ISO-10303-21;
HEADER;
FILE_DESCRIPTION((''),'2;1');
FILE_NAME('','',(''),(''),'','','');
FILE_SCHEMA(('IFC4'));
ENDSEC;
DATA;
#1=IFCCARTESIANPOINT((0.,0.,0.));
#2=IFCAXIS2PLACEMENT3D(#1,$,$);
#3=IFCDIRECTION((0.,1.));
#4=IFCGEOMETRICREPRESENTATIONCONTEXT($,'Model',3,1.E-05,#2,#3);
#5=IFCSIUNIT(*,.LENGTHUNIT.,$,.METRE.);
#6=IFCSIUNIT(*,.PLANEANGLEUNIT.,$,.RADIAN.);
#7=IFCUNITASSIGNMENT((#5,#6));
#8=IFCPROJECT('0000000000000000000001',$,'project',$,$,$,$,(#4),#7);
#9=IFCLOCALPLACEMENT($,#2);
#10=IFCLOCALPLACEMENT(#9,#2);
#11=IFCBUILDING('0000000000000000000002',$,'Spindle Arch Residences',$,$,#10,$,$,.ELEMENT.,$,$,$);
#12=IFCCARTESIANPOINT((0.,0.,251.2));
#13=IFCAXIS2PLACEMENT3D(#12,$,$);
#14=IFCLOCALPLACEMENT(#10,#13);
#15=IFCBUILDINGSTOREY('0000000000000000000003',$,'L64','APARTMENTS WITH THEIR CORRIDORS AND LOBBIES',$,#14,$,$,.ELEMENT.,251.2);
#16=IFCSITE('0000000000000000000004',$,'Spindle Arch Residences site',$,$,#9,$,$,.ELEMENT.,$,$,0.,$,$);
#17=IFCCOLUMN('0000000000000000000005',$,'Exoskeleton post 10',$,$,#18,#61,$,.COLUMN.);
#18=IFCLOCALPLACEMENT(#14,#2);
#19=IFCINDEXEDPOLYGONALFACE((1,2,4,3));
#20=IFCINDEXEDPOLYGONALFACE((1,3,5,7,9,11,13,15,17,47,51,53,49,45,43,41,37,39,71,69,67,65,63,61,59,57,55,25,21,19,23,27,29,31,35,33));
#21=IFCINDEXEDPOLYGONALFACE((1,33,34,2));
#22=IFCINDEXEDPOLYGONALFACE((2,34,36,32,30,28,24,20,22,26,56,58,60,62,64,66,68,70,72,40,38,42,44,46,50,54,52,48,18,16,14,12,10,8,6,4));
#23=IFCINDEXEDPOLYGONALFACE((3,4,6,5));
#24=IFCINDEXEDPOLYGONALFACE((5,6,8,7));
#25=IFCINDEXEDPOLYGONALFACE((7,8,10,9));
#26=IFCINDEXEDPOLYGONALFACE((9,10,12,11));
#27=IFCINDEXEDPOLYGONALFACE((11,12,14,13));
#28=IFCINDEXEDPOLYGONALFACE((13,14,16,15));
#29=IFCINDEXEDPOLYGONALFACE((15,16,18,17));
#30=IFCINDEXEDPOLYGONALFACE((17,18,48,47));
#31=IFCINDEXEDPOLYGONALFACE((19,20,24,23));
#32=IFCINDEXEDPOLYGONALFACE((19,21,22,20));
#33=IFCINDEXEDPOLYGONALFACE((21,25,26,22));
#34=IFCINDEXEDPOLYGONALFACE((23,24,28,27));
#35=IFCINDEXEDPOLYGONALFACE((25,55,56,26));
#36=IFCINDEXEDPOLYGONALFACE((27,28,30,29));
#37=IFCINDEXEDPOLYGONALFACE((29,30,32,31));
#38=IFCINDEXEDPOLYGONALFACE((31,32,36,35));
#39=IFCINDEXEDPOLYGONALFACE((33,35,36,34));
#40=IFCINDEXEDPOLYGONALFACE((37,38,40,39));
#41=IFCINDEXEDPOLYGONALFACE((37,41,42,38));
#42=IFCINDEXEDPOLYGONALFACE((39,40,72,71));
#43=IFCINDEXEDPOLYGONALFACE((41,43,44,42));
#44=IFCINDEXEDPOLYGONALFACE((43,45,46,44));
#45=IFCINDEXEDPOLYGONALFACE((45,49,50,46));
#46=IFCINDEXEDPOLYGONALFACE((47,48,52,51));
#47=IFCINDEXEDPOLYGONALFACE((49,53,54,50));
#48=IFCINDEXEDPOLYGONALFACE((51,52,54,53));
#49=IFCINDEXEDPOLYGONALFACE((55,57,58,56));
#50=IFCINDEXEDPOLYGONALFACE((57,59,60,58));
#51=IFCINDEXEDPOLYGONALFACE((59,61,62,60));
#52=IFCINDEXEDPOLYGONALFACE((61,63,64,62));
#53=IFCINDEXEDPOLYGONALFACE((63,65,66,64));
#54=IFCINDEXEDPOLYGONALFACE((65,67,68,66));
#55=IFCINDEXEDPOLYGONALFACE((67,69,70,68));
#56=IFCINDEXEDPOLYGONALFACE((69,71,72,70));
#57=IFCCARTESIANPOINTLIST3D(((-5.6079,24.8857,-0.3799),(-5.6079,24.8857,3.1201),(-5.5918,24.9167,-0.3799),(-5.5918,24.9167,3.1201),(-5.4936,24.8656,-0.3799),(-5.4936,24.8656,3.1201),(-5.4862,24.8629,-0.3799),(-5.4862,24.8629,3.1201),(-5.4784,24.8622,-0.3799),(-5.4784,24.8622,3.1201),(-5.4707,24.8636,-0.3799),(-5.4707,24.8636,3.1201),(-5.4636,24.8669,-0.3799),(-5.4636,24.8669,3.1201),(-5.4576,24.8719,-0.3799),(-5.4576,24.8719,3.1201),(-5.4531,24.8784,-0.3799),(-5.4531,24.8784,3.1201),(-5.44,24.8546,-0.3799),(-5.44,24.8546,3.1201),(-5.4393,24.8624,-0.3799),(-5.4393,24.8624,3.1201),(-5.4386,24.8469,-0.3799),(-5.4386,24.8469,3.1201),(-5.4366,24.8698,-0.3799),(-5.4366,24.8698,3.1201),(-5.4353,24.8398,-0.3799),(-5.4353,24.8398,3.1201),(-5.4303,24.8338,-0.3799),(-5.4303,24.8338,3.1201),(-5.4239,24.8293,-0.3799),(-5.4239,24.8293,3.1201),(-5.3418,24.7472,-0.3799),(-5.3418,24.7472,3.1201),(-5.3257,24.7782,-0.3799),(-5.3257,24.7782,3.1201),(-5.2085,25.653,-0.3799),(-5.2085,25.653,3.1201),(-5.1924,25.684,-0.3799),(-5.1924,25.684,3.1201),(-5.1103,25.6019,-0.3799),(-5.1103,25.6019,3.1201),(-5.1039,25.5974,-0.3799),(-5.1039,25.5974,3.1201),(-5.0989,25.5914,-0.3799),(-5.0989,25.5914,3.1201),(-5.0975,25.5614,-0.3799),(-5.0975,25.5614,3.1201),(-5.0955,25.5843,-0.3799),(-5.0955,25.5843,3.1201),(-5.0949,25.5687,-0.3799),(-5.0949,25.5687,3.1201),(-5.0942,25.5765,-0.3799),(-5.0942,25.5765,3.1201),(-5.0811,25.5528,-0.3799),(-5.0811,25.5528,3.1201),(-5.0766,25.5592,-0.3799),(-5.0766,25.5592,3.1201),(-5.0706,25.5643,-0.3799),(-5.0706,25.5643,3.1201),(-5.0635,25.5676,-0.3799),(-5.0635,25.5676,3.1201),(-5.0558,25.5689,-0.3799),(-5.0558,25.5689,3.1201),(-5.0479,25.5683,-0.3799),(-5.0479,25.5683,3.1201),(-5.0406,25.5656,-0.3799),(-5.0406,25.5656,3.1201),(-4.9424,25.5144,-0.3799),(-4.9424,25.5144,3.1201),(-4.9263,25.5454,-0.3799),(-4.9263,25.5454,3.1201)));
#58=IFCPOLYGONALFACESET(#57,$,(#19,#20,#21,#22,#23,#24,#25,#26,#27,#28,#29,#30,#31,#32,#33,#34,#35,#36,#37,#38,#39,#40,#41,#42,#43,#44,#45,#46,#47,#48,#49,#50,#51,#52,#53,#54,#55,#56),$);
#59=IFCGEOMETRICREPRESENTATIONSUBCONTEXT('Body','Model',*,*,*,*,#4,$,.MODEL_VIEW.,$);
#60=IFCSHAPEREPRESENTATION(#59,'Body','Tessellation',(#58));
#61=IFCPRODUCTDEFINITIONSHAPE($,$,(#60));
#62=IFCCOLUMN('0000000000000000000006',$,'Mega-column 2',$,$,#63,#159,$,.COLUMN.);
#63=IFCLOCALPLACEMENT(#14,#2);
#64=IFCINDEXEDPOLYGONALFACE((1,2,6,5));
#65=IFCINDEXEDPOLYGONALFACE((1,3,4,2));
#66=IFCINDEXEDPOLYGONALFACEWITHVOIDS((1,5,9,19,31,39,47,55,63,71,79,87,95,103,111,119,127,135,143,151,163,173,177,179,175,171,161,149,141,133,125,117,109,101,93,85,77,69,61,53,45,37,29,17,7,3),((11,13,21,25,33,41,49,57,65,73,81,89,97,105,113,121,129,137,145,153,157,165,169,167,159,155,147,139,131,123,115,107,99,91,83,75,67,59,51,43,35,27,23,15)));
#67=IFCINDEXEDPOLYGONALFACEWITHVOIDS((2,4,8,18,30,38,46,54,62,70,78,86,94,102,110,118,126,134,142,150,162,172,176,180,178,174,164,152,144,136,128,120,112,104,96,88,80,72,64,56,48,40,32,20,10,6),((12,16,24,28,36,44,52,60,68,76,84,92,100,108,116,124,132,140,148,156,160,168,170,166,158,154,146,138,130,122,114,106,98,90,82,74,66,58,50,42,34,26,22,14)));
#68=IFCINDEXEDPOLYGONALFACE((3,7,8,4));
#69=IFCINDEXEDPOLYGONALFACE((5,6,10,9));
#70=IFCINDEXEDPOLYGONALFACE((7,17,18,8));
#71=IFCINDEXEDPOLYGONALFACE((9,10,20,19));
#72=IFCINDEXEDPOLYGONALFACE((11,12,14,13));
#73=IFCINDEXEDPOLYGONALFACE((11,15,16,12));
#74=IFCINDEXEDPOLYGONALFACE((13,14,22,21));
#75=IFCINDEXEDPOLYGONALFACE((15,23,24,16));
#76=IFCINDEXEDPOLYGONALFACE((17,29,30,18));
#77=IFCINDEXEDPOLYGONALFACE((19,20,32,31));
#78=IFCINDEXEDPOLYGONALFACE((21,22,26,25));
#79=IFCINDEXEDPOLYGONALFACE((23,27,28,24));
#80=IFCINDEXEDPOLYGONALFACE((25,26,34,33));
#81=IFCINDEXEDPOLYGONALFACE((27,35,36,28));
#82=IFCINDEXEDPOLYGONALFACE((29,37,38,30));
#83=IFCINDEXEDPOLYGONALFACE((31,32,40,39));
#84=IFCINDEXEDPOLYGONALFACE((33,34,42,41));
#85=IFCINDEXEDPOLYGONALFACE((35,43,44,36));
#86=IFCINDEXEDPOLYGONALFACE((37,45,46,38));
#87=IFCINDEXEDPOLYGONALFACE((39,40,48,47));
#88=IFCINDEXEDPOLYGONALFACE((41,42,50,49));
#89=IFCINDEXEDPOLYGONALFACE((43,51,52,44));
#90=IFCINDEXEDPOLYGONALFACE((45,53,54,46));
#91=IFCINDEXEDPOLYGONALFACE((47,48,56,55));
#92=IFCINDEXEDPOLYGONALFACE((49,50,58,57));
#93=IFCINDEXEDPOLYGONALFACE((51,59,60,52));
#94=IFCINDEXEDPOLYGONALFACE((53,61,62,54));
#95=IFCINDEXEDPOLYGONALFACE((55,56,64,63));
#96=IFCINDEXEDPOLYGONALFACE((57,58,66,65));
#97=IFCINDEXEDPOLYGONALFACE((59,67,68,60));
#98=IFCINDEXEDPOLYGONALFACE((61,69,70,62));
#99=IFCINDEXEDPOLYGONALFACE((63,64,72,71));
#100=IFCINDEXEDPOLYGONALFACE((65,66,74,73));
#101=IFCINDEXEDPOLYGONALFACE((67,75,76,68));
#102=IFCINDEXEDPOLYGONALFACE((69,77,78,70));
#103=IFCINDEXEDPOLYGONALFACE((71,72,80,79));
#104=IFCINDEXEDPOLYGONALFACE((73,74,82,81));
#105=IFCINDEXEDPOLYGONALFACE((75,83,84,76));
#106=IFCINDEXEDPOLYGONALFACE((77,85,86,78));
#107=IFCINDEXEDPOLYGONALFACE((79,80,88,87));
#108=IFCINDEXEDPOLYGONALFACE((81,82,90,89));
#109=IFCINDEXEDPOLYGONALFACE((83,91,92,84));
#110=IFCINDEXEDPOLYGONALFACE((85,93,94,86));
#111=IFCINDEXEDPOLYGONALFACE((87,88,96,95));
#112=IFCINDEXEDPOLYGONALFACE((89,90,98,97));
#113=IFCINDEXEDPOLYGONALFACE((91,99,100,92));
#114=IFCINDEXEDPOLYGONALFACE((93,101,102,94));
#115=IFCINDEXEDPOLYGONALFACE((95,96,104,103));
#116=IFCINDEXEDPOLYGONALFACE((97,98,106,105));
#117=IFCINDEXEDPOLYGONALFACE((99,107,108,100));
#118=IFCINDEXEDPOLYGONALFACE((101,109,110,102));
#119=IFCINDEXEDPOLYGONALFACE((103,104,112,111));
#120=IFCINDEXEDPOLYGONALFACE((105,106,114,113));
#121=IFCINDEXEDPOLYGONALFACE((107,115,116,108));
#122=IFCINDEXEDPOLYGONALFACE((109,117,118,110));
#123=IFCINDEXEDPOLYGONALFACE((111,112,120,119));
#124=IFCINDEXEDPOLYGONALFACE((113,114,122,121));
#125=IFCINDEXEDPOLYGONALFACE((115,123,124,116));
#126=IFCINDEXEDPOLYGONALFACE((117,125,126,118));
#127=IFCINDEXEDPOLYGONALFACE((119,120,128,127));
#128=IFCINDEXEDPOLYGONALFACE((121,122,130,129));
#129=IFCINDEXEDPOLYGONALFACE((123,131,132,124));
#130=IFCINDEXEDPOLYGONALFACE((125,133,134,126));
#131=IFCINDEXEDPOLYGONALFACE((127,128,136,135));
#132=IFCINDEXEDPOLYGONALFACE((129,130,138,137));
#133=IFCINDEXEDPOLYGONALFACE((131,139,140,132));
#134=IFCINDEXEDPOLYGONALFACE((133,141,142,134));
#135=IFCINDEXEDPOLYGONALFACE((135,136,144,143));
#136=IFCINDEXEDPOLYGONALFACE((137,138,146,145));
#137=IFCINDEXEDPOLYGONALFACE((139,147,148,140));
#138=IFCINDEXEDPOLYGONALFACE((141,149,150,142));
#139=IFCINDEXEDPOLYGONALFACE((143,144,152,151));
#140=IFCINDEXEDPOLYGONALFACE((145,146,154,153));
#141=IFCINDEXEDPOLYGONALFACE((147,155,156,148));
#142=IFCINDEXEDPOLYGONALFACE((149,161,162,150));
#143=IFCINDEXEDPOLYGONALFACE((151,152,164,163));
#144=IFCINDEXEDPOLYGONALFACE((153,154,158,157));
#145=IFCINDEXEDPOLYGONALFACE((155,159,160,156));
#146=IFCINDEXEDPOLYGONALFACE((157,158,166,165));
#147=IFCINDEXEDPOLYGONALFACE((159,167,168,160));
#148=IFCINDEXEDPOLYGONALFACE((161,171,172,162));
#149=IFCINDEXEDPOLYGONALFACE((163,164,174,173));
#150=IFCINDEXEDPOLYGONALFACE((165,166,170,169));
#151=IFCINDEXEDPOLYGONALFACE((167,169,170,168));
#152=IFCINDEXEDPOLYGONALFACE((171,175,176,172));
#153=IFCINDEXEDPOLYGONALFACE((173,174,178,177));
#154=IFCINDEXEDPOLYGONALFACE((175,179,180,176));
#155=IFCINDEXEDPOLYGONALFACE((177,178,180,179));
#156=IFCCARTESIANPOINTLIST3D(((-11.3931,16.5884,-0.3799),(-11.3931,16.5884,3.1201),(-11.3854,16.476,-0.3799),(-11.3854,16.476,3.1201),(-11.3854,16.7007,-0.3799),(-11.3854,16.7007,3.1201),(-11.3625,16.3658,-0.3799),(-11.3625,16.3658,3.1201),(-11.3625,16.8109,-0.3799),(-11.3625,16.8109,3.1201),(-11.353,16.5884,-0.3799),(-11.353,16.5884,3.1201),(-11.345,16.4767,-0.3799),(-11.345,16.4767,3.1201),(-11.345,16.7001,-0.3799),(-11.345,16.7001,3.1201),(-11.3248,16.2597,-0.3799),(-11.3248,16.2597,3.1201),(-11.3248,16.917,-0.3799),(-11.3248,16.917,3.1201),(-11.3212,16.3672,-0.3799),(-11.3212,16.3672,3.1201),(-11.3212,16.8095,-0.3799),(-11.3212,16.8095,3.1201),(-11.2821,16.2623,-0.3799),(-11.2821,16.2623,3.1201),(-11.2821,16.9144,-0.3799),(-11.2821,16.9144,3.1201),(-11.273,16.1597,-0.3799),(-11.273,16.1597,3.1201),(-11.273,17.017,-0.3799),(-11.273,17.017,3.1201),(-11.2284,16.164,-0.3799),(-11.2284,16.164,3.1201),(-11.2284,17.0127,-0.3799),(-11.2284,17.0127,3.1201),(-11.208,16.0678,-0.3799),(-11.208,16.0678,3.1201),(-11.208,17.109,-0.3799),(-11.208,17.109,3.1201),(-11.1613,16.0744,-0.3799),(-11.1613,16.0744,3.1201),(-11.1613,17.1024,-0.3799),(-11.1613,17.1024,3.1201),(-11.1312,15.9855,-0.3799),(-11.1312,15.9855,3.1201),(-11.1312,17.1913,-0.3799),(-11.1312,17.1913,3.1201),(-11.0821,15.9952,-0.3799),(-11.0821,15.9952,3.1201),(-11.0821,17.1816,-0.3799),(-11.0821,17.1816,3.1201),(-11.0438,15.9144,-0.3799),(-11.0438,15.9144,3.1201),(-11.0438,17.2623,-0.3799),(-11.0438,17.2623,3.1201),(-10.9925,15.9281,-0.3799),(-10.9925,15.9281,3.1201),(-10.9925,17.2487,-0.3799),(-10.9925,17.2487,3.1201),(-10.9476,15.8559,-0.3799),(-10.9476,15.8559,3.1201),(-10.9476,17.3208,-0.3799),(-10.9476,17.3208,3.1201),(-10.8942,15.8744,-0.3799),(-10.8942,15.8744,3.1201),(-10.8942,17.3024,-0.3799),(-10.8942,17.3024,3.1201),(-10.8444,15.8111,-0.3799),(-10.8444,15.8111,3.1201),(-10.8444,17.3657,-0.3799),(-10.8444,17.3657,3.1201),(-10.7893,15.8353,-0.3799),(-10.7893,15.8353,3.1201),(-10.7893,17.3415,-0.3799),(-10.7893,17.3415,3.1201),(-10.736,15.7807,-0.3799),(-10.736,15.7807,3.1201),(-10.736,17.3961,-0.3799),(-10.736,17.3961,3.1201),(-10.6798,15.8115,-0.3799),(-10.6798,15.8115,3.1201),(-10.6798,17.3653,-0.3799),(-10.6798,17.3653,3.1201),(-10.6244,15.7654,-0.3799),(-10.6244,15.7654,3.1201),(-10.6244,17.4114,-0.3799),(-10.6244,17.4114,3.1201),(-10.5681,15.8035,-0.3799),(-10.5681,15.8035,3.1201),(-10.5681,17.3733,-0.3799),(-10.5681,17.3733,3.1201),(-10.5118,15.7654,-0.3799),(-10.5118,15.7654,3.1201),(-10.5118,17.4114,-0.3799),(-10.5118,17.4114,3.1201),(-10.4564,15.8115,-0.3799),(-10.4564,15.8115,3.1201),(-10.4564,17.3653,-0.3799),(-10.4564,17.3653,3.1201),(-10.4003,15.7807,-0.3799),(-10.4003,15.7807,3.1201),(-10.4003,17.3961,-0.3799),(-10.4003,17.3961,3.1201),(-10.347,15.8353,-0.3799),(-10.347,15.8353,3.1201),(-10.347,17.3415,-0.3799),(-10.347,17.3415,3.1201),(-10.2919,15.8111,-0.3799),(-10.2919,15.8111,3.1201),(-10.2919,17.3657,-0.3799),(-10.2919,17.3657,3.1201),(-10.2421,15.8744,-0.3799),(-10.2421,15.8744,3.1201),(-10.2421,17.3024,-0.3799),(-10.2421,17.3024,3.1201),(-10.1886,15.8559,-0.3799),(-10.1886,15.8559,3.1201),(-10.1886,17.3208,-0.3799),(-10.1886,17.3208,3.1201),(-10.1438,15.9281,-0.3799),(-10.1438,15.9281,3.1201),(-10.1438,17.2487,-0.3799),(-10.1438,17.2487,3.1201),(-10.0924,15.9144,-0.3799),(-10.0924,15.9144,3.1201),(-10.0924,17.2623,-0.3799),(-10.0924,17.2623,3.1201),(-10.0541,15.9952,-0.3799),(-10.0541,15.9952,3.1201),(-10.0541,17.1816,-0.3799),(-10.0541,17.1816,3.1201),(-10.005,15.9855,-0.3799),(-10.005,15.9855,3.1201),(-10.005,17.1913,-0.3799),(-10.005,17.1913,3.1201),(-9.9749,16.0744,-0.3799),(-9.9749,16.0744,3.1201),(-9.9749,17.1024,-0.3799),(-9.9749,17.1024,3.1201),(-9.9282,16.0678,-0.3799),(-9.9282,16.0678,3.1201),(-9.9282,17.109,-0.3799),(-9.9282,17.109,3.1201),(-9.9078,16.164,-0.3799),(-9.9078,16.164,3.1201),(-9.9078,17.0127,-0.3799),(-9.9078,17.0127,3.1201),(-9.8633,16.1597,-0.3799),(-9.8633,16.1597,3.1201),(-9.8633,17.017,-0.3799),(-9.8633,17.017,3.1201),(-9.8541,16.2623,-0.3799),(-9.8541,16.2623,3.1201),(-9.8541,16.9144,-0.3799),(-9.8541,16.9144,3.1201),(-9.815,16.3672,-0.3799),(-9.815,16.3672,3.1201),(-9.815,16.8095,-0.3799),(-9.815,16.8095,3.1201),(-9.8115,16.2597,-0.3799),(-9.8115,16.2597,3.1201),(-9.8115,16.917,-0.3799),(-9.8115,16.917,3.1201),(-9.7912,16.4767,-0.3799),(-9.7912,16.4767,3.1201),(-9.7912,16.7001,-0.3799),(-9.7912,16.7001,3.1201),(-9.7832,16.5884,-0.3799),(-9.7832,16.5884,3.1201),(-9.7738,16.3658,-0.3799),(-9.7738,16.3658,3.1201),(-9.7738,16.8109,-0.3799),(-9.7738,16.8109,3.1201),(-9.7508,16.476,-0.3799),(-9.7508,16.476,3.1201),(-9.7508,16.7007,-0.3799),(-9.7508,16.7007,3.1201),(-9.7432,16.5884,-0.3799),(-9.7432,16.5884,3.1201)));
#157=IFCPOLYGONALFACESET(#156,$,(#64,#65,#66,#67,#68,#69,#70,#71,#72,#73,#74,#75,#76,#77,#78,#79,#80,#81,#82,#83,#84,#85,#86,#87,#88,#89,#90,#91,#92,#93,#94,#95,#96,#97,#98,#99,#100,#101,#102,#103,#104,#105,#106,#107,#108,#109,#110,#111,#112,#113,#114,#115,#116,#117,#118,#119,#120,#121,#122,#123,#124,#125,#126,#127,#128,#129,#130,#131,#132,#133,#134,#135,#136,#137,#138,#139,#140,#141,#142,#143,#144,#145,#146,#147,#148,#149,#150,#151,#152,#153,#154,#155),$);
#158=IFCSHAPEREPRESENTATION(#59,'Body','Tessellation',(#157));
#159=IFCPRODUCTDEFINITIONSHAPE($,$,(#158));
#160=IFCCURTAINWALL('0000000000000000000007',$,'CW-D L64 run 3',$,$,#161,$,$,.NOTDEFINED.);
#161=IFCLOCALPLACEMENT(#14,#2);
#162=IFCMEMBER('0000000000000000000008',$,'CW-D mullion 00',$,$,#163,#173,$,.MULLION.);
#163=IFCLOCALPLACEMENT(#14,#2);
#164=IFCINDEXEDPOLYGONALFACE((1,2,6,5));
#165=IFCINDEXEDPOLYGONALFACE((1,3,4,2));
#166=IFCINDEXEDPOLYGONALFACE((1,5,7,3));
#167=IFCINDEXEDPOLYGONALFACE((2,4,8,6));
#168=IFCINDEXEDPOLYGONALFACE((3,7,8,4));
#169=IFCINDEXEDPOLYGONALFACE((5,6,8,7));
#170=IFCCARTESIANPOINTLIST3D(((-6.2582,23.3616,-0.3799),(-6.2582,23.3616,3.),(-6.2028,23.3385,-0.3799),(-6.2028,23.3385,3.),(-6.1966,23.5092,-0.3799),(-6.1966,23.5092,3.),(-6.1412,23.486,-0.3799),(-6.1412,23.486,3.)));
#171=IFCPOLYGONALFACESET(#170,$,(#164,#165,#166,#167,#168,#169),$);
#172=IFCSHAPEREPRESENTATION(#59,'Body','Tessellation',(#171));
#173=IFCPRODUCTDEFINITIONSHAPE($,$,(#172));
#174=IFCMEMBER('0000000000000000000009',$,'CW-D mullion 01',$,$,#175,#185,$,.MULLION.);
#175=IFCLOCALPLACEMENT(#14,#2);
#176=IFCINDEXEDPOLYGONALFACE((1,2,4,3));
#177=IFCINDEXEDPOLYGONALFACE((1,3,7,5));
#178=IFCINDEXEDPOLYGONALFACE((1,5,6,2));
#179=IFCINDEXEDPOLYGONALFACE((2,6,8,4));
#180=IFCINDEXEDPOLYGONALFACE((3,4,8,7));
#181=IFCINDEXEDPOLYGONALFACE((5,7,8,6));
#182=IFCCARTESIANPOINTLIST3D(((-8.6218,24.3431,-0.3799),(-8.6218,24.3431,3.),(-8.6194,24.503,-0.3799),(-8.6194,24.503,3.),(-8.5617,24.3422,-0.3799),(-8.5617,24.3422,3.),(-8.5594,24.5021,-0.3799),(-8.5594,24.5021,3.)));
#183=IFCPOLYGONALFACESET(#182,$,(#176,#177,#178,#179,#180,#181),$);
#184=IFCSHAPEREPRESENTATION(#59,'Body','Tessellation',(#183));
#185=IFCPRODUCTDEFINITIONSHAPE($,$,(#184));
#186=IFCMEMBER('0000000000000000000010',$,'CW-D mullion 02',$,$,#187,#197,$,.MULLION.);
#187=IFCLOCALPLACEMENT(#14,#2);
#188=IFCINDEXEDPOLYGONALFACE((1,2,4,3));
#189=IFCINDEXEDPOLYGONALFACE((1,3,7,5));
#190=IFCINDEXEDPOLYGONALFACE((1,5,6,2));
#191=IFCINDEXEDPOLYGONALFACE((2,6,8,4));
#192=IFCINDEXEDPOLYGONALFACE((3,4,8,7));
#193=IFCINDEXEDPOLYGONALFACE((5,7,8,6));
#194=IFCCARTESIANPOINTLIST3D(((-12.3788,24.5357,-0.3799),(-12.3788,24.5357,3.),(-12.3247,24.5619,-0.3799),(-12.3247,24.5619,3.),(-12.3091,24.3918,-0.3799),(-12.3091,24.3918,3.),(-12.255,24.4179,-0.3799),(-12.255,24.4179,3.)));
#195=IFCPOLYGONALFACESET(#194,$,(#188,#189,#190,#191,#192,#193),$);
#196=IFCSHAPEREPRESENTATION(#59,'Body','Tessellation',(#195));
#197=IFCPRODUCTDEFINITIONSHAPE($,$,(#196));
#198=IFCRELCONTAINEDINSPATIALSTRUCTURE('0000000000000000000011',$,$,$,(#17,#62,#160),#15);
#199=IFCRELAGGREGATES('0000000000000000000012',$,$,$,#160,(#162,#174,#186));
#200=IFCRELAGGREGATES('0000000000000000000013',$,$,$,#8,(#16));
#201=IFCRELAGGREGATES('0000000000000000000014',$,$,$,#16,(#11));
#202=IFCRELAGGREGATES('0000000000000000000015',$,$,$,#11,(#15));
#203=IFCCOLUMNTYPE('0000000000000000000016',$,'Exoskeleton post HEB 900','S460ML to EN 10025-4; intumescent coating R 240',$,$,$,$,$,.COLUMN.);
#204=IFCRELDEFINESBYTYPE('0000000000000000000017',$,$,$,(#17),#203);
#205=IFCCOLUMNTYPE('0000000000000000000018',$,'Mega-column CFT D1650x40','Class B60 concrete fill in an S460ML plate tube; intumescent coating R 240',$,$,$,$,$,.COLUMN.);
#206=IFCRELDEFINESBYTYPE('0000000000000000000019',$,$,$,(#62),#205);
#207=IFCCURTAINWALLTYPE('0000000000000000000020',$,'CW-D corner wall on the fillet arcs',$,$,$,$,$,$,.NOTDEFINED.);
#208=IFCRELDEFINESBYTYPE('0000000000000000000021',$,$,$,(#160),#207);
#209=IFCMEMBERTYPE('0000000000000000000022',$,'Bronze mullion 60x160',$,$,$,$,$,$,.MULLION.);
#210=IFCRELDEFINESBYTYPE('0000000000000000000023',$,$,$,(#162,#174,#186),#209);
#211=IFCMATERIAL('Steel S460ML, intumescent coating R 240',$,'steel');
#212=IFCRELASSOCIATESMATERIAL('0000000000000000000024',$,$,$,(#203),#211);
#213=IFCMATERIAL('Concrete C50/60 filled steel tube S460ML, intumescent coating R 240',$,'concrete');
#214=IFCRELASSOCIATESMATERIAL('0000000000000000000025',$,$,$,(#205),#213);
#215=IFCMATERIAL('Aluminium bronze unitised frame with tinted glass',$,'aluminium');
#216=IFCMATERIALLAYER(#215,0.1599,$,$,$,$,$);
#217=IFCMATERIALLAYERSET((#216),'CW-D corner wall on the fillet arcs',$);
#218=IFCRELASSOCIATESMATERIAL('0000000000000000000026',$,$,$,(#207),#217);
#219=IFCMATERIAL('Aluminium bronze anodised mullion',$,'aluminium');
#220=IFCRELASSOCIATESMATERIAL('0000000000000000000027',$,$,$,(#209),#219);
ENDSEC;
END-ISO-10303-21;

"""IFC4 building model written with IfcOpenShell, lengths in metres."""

from ifc_helpers import new_model, si_unit, direction, frame, origin, origin_2d, place, context, subcontext, project, spatial, rectangle, hollow_circle, i_section, extrude, material, layer, layer_set, material_profile, profile_set, type_object, element, aggregate, save


model = new_model("IFC4")

# Units and contexts
model_context = context("Model", 3, precision=1e-05, world=origin(), true_north=direction((0.0, 1.0)))
body_context = subcontext(model_context, "Body", "Model", "MODEL_VIEW")
ifc_project = project(units=[si_unit("LENGTHUNIT", "METRE"), si_unit("PLANEANGLEUNIT", "RADIAN")], contexts=[model_context])

# Site, building, storey
site_placement = place(None, origin())
site = spatial("IfcSite", under=ifc_project, at=site_placement, Name="Spindle Arch Residences site", CompositionType="ELEMENT", RefElevation=0.0)
building_placement = place(site_placement, origin())
building = spatial("IfcBuilding", under=site, at=building_placement, Name="Spindle Arch Residences", CompositionType="ELEMENT")
storey_placement = place(building_placement, frame((0.0, 0.0, 251.2)))
storey = spatial("IfcBuildingStorey", under=building, at=storey_placement, Name="L64", Description="APARTMENTS WITH THEIR CORRIDORS AND LOBBIES", CompositionType="ELEMENT", Elevation=251.2)

# Columns
ifc_material_1 = material(Name="Steel S460ML, intumescent coating R 240", Category="steel")
ifc_material_profile_1 = material_profile(ifc_material_1, i_section(OverallWidth=0.3, OverallDepth=0.8999, WebThickness=0.0186, FlangeThickness=0.0349, FilletRadius=0.03, at=origin_2d()), Name="HEB 900")
ifc_profile_set_1 = profile_set([ifc_material_profile_1], Name="Steel S460ML, intumescent coating R 240")
column_type_1 = type_object("IfcColumnType", Name="Exoskeleton post HEB 900", Description="S460ML to EN 10025-4; intumescent coating R 240", PredefinedType="COLUMN", material=ifc_profile_set_1)
column_1_placement = place(storey_placement, frame((-5.2671, 25.2156, -0.3799), z_axis=(0.0, 0.0, 1.0), x_axis=(0.887011, -0.461749, 0.0)))
element("IfcColumn", 1, at=column_1_placement, inside=storey, type_object=column_type_1, Name="Exoskeleton post 10", PredefinedType="COLUMN", context=body_context, shape_type="SweptSolid", body=[
    extrude(i_section(OverallWidth=0.3, OverallDepth=0.8999, WebThickness=0.0186, FlangeThickness=0.0349, FilletRadius=0.03, at=origin_2d()), origin(), (0.0, 0.0, 1.0), 3.5),
])
ifc_material_2 = material(Name="Concrete C50/60 filled steel tube S460ML, intumescent coating R 240", Category="concrete")
ifc_material_profile_2 = material_profile(ifc_material_2, hollow_circle(Radius=0.825, WallThickness=0.04, at=origin_2d()), Name="CFT D1650x40")
ifc_profile_set_2 = profile_set([ifc_material_profile_2], Name="Concrete C50/60 filled steel tube S460ML, intumescent coating R 240")
column_type_2 = type_object("IfcColumnType", Name="Mega-column CFT D1650x40", Description="Class B60 concrete fill in an S460ML plate tube; intumescent coating R 240", PredefinedType="COLUMN", material=ifc_profile_set_2)
column_2_placement = place(storey_placement, frame((-10.5681, 16.5884, -0.3799), z_axis=(0.0, 0.0, 1.0), x_axis=(1.0, 0.0, 0.0)))
element("IfcColumn", 2, at=column_2_placement, inside=storey, type_object=column_type_2, Name="Mega-column 2", PredefinedType="COLUMN", context=body_context, shape_type="SweptSolid", body=[
    extrude(hollow_circle(Radius=0.825, WallThickness=0.04, at=origin_2d()), origin(), (0.0, 0.0, 1.0), 3.5),
])

# Curtain wall, members
ifc_material_3 = material(Name="Aluminium bronze unitised frame with tinted glass", Category="aluminium")
ifc_layer_1 = layer(ifc_material_3, 0.1599)
ifc_layer_set_1 = layer_set([ifc_layer_1], Name="CW-D corner wall on the fillet arcs")
curtain_wall_type_1 = type_object("IfcCurtainWallType", Name="CW-D corner wall on the fillet arcs", PredefinedType="NOTDEFINED", material=ifc_layer_set_1)
curtain_wall_1_placement = place(storey_placement, origin())
curtain_wall_1 = element("IfcCurtainWall", 3, at=curtain_wall_1_placement, inside=storey, type_object=curtain_wall_type_1, Name="CW-D L64 run 3", PredefinedType="NOTDEFINED")
ifc_material_4 = material(Name="Aluminium bronze anodised mullion", Category="aluminium")
ifc_material_profile_3 = material_profile(ifc_material_4, rectangle(XDim=0.1599, YDim=0.0601, at=origin_2d()), Name="MU 60x160")
ifc_profile_set_3 = profile_set([ifc_material_profile_3], Name="Aluminium bronze anodised mullion")
member_type_1 = type_object("IfcMemberType", Name="Bronze mullion 60x160", PredefinedType="MULLION", material=ifc_profile_set_3)
member_1_placement = place(storey_placement, frame((-6.1997, 23.4238, -0.3799), z_axis=(0.0, 0.0, 1.0), x_axis=(-0.385552, -0.922686, 0.0)))
member_1 = element("IfcMember", 4, at=member_1_placement, type_object=member_type_1, Name="CW-D mullion 00", PredefinedType="MULLION", context=body_context, shape_type="SweptSolid", body=[
    extrude(rectangle(XDim=0.1599, YDim=0.0601, at=origin_2d()), origin(), (0.0, 0.0, 1.0), 3.3799),
])
member_2_placement = place(storey_placement, frame((-8.5906, 24.4226, -0.3799), z_axis=(0.0, 0.0, 1.0), x_axis=(-0.014544, -0.999894, 0.0)))
member_2 = element("IfcMember", 5, at=member_2_placement, type_object=member_type_1, Name="CW-D mullion 01", PredefinedType="MULLION", context=body_context, shape_type="SweptSolid", body=[
    extrude(rectangle(XDim=0.1599, YDim=0.0601, at=origin_2d()), origin(), (0.0, 0.0, 1.0), 3.3799),
])
member_3_placement = place(storey_placement, frame((-12.3169, 24.4768, -0.3799), z_axis=(0.0, 0.0, 1.0), x_axis=(0.435755, -0.900065, 0.0)))
member_3 = element("IfcMember", 6, at=member_3_placement, type_object=member_type_1, Name="CW-D mullion 02", PredefinedType="MULLION", context=body_context, shape_type="SweptSolid", body=[
    extrude(rectangle(XDim=0.1599, YDim=0.0601, at=origin_2d()), origin(), (0.0, 0.0, 1.0), 3.3799),
])

aggregate(curtain_wall_1, [member_1, member_2, member_3])

save(model, "model.ifc")
